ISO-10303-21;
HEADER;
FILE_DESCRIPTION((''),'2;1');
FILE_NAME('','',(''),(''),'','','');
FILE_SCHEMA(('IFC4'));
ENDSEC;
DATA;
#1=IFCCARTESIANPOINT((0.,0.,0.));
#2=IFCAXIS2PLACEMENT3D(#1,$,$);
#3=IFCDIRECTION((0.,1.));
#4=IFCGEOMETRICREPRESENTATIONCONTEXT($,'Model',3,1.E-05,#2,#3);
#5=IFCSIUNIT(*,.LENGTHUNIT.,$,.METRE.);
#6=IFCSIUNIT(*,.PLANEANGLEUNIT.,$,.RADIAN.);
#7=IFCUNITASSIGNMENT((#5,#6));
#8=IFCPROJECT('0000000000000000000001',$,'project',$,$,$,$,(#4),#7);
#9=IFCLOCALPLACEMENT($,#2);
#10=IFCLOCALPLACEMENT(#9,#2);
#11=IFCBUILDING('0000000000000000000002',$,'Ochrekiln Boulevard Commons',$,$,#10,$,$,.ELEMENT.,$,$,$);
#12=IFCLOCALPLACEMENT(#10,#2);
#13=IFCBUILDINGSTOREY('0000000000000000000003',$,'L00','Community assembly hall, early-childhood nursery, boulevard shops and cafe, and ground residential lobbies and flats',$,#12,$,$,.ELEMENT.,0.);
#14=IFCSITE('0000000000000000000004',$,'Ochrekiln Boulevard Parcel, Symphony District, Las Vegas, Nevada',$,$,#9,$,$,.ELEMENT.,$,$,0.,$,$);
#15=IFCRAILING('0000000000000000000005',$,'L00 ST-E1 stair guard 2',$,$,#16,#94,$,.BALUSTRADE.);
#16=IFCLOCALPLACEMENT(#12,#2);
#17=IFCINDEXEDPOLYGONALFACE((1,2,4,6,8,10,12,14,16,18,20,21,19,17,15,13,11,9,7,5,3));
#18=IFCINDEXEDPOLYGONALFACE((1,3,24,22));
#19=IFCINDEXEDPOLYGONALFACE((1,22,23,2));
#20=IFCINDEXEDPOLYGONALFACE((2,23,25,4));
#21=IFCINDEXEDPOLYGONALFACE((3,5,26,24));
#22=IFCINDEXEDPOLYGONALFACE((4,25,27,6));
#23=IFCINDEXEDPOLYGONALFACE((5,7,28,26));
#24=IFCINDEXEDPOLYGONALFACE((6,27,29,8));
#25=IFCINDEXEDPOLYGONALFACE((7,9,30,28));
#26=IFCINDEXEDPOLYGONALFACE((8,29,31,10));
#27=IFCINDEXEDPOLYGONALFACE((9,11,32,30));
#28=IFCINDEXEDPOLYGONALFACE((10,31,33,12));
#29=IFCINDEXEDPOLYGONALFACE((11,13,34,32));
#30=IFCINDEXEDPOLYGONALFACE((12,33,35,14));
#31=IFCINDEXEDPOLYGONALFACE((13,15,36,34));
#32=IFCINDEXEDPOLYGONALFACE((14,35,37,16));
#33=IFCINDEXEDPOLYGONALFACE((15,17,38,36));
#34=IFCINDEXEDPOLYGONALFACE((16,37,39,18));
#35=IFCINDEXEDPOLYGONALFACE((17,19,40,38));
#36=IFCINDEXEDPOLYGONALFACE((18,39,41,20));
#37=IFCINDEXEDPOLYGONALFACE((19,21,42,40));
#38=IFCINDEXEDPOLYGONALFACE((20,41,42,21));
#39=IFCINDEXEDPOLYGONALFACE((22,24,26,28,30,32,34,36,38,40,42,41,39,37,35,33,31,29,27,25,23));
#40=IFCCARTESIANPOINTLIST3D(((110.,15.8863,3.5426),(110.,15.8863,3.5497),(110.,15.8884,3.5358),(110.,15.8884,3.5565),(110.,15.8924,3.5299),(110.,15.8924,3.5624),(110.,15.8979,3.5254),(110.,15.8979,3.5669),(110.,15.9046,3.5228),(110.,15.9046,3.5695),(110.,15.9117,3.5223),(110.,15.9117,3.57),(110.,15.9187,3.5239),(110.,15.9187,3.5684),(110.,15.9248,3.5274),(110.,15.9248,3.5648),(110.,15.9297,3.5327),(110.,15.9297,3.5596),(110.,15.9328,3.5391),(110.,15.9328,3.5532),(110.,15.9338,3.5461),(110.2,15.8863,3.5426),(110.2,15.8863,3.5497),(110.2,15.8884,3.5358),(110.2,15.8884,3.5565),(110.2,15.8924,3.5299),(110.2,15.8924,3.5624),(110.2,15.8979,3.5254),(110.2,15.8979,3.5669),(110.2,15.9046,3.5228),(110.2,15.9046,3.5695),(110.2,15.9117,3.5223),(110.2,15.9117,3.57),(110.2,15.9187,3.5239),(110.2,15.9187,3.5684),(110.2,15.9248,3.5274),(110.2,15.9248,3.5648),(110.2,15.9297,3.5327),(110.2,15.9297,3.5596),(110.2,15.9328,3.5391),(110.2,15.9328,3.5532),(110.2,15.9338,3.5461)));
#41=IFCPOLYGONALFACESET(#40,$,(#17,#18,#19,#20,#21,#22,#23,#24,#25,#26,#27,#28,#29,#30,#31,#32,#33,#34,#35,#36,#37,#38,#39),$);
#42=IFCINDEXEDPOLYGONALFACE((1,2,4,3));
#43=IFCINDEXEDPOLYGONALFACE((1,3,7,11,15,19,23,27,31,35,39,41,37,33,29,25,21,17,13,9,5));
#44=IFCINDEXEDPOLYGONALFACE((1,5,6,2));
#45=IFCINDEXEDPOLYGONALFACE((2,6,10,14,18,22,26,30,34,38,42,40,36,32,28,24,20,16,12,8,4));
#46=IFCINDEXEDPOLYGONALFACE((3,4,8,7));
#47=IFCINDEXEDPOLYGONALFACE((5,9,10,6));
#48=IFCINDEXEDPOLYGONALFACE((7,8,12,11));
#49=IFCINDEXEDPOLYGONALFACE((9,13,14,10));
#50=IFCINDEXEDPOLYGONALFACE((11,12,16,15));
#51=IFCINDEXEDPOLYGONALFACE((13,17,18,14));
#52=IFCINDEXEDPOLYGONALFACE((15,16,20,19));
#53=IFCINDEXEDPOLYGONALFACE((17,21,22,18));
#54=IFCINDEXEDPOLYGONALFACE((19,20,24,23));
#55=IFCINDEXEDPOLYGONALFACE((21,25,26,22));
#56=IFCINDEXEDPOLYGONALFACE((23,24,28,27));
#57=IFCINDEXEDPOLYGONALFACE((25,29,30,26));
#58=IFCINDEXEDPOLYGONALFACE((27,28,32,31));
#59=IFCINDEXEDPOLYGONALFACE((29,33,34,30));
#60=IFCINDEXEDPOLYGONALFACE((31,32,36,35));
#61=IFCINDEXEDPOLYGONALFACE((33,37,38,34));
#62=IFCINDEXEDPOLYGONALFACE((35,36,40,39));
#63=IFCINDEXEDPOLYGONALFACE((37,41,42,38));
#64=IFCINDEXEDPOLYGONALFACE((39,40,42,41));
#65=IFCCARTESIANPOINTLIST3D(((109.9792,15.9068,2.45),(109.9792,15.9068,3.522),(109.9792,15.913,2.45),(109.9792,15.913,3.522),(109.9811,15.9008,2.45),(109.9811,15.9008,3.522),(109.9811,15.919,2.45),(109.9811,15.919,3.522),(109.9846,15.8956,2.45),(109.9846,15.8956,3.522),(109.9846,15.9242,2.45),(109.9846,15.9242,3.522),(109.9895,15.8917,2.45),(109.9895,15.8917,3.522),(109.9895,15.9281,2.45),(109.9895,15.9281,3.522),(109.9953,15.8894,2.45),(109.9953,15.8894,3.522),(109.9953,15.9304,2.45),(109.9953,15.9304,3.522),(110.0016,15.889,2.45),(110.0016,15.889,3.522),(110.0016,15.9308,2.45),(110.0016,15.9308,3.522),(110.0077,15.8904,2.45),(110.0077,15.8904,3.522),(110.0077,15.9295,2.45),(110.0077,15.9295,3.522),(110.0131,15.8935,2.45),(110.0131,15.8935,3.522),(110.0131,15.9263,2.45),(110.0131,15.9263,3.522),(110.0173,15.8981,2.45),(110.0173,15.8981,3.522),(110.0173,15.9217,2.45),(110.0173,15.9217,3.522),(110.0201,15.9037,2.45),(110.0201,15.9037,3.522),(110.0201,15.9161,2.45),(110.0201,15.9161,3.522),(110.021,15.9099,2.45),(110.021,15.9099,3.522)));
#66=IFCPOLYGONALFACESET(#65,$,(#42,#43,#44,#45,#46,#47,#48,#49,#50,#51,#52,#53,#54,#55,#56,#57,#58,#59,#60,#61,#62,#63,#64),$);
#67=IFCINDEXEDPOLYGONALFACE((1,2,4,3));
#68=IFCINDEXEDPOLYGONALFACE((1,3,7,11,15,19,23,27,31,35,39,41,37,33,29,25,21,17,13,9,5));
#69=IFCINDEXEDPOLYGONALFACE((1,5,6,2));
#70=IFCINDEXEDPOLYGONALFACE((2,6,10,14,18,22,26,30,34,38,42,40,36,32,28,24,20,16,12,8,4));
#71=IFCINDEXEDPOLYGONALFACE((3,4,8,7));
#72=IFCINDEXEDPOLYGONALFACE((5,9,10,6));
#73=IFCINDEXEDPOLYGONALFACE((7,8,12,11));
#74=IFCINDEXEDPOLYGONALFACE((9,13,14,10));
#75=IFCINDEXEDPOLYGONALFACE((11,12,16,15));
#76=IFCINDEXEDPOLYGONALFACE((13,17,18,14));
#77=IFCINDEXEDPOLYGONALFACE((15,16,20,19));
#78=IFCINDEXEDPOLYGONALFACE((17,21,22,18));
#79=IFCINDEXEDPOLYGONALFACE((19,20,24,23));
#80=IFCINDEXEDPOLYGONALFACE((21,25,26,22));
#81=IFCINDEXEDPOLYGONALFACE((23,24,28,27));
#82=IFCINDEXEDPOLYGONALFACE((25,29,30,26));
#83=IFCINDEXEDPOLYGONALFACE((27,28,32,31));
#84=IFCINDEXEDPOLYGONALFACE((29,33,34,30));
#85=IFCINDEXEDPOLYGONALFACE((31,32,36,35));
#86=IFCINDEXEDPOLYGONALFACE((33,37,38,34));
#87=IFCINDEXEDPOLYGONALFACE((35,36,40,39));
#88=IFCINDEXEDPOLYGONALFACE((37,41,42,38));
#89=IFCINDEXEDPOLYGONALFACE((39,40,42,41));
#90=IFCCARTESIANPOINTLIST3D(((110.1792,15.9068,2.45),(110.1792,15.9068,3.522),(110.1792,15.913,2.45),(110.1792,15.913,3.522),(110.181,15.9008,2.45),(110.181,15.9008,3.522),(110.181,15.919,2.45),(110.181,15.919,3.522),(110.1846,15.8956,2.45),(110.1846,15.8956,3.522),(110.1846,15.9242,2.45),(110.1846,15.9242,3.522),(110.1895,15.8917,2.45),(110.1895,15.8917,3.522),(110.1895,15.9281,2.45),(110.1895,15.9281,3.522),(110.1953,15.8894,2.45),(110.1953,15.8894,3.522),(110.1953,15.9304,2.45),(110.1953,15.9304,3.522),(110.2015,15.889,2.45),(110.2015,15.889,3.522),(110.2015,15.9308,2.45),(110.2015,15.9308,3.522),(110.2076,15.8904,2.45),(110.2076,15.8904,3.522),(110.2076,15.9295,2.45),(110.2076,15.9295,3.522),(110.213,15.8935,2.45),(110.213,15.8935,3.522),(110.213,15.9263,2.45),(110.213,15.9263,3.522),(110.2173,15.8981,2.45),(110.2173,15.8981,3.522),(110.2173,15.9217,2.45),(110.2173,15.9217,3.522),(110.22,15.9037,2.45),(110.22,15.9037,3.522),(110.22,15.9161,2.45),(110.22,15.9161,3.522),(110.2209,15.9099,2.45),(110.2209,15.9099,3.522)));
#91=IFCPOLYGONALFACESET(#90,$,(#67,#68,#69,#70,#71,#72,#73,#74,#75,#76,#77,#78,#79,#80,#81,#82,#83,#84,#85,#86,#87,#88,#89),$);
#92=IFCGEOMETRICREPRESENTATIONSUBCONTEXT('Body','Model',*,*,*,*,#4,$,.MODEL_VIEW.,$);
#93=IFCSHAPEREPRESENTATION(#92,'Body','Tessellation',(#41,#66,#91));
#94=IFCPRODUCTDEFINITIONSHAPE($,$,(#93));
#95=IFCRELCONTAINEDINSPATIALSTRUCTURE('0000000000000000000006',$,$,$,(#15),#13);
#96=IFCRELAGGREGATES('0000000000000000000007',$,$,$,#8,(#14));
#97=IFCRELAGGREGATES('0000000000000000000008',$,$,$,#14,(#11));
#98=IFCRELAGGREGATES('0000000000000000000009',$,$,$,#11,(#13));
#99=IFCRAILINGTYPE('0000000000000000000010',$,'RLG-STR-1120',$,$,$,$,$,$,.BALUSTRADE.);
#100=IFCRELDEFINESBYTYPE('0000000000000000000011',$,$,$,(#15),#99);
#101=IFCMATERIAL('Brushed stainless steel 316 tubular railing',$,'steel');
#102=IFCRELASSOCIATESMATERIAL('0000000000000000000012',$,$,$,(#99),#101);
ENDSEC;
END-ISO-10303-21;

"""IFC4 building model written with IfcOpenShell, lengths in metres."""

from ifc_helpers import new_model, si_unit, direction, frame, origin, origin_2d, place, context, subcontext, project, spatial, circle, extrude, material, type_object, element, save


model = new_model("IFC4")

# Units and contexts
model_context = context("Model", 3, precision=1e-05, world=origin(), true_north=direction((0.0, 1.0)))
body_context = subcontext(model_context, "Body", "Model", "MODEL_VIEW")
ifc_project = project(units=[si_unit("LENGTHUNIT", "METRE"), si_unit("PLANEANGLEUNIT", "RADIAN")], contexts=[model_context])

# Site, building, storey
site_placement = place(None, origin())
site = spatial("IfcSite", under=ifc_project, at=site_placement, Name="Ochrekiln Boulevard Parcel, Symphony District, Las Vegas, Nevada", CompositionType="ELEMENT", RefElevation=0.0)
building_placement = place(site_placement, origin())
building = spatial("IfcBuilding", under=site, at=building_placement, Name="Ochrekiln Boulevard Commons", CompositionType="ELEMENT")
storey_placement = place(building_placement, origin())
storey = spatial("IfcBuildingStorey", under=building, at=storey_placement, Name="L00", Description="Community assembly hall, early-childhood nursery, boulevard shops and cafe, and ground residential lobbies and flats", CompositionType="ELEMENT", Elevation=0.0)

# Railing
ifc_material_1 = material(Name="Brushed stainless steel 316 tubular railing", Category="steel")
railing_type_1 = type_object("IfcRailingType", Name="RLG-STR-1120", PredefinedType="BALUSTRADE", material=ifc_material_1)
railing_1_placement = place(storey_placement, frame((110.0, 15.9099, 2.45)))
element("IfcRailing", 1, at=railing_1_placement, inside=storey, type_object=railing_type_1, Name="L00 ST-E1 stair guard 2", PredefinedType="BALUSTRADE", context=body_context, shape_type="SweptSolid", body=[
    extrude(circle(Radius=0.0239, at=origin_2d()), frame((0.0, 0.0, 1.0962), z_axis=(1.0, 0.0, 0.0), x_axis=(0.0, 1.0, 0.0)), (0.0, 0.0, 1.0), 0.2),
    extrude(circle(Radius=0.021, at=origin_2d()), origin(), (0.0, 0.0, 1.0), 1.072),
    extrude(circle(Radius=0.021, at=origin_2d()), frame((0.2, 0.0, 0.0)), (0.0, 0.0, 1.0), 1.072),
])

save(model, "model.ifc")
